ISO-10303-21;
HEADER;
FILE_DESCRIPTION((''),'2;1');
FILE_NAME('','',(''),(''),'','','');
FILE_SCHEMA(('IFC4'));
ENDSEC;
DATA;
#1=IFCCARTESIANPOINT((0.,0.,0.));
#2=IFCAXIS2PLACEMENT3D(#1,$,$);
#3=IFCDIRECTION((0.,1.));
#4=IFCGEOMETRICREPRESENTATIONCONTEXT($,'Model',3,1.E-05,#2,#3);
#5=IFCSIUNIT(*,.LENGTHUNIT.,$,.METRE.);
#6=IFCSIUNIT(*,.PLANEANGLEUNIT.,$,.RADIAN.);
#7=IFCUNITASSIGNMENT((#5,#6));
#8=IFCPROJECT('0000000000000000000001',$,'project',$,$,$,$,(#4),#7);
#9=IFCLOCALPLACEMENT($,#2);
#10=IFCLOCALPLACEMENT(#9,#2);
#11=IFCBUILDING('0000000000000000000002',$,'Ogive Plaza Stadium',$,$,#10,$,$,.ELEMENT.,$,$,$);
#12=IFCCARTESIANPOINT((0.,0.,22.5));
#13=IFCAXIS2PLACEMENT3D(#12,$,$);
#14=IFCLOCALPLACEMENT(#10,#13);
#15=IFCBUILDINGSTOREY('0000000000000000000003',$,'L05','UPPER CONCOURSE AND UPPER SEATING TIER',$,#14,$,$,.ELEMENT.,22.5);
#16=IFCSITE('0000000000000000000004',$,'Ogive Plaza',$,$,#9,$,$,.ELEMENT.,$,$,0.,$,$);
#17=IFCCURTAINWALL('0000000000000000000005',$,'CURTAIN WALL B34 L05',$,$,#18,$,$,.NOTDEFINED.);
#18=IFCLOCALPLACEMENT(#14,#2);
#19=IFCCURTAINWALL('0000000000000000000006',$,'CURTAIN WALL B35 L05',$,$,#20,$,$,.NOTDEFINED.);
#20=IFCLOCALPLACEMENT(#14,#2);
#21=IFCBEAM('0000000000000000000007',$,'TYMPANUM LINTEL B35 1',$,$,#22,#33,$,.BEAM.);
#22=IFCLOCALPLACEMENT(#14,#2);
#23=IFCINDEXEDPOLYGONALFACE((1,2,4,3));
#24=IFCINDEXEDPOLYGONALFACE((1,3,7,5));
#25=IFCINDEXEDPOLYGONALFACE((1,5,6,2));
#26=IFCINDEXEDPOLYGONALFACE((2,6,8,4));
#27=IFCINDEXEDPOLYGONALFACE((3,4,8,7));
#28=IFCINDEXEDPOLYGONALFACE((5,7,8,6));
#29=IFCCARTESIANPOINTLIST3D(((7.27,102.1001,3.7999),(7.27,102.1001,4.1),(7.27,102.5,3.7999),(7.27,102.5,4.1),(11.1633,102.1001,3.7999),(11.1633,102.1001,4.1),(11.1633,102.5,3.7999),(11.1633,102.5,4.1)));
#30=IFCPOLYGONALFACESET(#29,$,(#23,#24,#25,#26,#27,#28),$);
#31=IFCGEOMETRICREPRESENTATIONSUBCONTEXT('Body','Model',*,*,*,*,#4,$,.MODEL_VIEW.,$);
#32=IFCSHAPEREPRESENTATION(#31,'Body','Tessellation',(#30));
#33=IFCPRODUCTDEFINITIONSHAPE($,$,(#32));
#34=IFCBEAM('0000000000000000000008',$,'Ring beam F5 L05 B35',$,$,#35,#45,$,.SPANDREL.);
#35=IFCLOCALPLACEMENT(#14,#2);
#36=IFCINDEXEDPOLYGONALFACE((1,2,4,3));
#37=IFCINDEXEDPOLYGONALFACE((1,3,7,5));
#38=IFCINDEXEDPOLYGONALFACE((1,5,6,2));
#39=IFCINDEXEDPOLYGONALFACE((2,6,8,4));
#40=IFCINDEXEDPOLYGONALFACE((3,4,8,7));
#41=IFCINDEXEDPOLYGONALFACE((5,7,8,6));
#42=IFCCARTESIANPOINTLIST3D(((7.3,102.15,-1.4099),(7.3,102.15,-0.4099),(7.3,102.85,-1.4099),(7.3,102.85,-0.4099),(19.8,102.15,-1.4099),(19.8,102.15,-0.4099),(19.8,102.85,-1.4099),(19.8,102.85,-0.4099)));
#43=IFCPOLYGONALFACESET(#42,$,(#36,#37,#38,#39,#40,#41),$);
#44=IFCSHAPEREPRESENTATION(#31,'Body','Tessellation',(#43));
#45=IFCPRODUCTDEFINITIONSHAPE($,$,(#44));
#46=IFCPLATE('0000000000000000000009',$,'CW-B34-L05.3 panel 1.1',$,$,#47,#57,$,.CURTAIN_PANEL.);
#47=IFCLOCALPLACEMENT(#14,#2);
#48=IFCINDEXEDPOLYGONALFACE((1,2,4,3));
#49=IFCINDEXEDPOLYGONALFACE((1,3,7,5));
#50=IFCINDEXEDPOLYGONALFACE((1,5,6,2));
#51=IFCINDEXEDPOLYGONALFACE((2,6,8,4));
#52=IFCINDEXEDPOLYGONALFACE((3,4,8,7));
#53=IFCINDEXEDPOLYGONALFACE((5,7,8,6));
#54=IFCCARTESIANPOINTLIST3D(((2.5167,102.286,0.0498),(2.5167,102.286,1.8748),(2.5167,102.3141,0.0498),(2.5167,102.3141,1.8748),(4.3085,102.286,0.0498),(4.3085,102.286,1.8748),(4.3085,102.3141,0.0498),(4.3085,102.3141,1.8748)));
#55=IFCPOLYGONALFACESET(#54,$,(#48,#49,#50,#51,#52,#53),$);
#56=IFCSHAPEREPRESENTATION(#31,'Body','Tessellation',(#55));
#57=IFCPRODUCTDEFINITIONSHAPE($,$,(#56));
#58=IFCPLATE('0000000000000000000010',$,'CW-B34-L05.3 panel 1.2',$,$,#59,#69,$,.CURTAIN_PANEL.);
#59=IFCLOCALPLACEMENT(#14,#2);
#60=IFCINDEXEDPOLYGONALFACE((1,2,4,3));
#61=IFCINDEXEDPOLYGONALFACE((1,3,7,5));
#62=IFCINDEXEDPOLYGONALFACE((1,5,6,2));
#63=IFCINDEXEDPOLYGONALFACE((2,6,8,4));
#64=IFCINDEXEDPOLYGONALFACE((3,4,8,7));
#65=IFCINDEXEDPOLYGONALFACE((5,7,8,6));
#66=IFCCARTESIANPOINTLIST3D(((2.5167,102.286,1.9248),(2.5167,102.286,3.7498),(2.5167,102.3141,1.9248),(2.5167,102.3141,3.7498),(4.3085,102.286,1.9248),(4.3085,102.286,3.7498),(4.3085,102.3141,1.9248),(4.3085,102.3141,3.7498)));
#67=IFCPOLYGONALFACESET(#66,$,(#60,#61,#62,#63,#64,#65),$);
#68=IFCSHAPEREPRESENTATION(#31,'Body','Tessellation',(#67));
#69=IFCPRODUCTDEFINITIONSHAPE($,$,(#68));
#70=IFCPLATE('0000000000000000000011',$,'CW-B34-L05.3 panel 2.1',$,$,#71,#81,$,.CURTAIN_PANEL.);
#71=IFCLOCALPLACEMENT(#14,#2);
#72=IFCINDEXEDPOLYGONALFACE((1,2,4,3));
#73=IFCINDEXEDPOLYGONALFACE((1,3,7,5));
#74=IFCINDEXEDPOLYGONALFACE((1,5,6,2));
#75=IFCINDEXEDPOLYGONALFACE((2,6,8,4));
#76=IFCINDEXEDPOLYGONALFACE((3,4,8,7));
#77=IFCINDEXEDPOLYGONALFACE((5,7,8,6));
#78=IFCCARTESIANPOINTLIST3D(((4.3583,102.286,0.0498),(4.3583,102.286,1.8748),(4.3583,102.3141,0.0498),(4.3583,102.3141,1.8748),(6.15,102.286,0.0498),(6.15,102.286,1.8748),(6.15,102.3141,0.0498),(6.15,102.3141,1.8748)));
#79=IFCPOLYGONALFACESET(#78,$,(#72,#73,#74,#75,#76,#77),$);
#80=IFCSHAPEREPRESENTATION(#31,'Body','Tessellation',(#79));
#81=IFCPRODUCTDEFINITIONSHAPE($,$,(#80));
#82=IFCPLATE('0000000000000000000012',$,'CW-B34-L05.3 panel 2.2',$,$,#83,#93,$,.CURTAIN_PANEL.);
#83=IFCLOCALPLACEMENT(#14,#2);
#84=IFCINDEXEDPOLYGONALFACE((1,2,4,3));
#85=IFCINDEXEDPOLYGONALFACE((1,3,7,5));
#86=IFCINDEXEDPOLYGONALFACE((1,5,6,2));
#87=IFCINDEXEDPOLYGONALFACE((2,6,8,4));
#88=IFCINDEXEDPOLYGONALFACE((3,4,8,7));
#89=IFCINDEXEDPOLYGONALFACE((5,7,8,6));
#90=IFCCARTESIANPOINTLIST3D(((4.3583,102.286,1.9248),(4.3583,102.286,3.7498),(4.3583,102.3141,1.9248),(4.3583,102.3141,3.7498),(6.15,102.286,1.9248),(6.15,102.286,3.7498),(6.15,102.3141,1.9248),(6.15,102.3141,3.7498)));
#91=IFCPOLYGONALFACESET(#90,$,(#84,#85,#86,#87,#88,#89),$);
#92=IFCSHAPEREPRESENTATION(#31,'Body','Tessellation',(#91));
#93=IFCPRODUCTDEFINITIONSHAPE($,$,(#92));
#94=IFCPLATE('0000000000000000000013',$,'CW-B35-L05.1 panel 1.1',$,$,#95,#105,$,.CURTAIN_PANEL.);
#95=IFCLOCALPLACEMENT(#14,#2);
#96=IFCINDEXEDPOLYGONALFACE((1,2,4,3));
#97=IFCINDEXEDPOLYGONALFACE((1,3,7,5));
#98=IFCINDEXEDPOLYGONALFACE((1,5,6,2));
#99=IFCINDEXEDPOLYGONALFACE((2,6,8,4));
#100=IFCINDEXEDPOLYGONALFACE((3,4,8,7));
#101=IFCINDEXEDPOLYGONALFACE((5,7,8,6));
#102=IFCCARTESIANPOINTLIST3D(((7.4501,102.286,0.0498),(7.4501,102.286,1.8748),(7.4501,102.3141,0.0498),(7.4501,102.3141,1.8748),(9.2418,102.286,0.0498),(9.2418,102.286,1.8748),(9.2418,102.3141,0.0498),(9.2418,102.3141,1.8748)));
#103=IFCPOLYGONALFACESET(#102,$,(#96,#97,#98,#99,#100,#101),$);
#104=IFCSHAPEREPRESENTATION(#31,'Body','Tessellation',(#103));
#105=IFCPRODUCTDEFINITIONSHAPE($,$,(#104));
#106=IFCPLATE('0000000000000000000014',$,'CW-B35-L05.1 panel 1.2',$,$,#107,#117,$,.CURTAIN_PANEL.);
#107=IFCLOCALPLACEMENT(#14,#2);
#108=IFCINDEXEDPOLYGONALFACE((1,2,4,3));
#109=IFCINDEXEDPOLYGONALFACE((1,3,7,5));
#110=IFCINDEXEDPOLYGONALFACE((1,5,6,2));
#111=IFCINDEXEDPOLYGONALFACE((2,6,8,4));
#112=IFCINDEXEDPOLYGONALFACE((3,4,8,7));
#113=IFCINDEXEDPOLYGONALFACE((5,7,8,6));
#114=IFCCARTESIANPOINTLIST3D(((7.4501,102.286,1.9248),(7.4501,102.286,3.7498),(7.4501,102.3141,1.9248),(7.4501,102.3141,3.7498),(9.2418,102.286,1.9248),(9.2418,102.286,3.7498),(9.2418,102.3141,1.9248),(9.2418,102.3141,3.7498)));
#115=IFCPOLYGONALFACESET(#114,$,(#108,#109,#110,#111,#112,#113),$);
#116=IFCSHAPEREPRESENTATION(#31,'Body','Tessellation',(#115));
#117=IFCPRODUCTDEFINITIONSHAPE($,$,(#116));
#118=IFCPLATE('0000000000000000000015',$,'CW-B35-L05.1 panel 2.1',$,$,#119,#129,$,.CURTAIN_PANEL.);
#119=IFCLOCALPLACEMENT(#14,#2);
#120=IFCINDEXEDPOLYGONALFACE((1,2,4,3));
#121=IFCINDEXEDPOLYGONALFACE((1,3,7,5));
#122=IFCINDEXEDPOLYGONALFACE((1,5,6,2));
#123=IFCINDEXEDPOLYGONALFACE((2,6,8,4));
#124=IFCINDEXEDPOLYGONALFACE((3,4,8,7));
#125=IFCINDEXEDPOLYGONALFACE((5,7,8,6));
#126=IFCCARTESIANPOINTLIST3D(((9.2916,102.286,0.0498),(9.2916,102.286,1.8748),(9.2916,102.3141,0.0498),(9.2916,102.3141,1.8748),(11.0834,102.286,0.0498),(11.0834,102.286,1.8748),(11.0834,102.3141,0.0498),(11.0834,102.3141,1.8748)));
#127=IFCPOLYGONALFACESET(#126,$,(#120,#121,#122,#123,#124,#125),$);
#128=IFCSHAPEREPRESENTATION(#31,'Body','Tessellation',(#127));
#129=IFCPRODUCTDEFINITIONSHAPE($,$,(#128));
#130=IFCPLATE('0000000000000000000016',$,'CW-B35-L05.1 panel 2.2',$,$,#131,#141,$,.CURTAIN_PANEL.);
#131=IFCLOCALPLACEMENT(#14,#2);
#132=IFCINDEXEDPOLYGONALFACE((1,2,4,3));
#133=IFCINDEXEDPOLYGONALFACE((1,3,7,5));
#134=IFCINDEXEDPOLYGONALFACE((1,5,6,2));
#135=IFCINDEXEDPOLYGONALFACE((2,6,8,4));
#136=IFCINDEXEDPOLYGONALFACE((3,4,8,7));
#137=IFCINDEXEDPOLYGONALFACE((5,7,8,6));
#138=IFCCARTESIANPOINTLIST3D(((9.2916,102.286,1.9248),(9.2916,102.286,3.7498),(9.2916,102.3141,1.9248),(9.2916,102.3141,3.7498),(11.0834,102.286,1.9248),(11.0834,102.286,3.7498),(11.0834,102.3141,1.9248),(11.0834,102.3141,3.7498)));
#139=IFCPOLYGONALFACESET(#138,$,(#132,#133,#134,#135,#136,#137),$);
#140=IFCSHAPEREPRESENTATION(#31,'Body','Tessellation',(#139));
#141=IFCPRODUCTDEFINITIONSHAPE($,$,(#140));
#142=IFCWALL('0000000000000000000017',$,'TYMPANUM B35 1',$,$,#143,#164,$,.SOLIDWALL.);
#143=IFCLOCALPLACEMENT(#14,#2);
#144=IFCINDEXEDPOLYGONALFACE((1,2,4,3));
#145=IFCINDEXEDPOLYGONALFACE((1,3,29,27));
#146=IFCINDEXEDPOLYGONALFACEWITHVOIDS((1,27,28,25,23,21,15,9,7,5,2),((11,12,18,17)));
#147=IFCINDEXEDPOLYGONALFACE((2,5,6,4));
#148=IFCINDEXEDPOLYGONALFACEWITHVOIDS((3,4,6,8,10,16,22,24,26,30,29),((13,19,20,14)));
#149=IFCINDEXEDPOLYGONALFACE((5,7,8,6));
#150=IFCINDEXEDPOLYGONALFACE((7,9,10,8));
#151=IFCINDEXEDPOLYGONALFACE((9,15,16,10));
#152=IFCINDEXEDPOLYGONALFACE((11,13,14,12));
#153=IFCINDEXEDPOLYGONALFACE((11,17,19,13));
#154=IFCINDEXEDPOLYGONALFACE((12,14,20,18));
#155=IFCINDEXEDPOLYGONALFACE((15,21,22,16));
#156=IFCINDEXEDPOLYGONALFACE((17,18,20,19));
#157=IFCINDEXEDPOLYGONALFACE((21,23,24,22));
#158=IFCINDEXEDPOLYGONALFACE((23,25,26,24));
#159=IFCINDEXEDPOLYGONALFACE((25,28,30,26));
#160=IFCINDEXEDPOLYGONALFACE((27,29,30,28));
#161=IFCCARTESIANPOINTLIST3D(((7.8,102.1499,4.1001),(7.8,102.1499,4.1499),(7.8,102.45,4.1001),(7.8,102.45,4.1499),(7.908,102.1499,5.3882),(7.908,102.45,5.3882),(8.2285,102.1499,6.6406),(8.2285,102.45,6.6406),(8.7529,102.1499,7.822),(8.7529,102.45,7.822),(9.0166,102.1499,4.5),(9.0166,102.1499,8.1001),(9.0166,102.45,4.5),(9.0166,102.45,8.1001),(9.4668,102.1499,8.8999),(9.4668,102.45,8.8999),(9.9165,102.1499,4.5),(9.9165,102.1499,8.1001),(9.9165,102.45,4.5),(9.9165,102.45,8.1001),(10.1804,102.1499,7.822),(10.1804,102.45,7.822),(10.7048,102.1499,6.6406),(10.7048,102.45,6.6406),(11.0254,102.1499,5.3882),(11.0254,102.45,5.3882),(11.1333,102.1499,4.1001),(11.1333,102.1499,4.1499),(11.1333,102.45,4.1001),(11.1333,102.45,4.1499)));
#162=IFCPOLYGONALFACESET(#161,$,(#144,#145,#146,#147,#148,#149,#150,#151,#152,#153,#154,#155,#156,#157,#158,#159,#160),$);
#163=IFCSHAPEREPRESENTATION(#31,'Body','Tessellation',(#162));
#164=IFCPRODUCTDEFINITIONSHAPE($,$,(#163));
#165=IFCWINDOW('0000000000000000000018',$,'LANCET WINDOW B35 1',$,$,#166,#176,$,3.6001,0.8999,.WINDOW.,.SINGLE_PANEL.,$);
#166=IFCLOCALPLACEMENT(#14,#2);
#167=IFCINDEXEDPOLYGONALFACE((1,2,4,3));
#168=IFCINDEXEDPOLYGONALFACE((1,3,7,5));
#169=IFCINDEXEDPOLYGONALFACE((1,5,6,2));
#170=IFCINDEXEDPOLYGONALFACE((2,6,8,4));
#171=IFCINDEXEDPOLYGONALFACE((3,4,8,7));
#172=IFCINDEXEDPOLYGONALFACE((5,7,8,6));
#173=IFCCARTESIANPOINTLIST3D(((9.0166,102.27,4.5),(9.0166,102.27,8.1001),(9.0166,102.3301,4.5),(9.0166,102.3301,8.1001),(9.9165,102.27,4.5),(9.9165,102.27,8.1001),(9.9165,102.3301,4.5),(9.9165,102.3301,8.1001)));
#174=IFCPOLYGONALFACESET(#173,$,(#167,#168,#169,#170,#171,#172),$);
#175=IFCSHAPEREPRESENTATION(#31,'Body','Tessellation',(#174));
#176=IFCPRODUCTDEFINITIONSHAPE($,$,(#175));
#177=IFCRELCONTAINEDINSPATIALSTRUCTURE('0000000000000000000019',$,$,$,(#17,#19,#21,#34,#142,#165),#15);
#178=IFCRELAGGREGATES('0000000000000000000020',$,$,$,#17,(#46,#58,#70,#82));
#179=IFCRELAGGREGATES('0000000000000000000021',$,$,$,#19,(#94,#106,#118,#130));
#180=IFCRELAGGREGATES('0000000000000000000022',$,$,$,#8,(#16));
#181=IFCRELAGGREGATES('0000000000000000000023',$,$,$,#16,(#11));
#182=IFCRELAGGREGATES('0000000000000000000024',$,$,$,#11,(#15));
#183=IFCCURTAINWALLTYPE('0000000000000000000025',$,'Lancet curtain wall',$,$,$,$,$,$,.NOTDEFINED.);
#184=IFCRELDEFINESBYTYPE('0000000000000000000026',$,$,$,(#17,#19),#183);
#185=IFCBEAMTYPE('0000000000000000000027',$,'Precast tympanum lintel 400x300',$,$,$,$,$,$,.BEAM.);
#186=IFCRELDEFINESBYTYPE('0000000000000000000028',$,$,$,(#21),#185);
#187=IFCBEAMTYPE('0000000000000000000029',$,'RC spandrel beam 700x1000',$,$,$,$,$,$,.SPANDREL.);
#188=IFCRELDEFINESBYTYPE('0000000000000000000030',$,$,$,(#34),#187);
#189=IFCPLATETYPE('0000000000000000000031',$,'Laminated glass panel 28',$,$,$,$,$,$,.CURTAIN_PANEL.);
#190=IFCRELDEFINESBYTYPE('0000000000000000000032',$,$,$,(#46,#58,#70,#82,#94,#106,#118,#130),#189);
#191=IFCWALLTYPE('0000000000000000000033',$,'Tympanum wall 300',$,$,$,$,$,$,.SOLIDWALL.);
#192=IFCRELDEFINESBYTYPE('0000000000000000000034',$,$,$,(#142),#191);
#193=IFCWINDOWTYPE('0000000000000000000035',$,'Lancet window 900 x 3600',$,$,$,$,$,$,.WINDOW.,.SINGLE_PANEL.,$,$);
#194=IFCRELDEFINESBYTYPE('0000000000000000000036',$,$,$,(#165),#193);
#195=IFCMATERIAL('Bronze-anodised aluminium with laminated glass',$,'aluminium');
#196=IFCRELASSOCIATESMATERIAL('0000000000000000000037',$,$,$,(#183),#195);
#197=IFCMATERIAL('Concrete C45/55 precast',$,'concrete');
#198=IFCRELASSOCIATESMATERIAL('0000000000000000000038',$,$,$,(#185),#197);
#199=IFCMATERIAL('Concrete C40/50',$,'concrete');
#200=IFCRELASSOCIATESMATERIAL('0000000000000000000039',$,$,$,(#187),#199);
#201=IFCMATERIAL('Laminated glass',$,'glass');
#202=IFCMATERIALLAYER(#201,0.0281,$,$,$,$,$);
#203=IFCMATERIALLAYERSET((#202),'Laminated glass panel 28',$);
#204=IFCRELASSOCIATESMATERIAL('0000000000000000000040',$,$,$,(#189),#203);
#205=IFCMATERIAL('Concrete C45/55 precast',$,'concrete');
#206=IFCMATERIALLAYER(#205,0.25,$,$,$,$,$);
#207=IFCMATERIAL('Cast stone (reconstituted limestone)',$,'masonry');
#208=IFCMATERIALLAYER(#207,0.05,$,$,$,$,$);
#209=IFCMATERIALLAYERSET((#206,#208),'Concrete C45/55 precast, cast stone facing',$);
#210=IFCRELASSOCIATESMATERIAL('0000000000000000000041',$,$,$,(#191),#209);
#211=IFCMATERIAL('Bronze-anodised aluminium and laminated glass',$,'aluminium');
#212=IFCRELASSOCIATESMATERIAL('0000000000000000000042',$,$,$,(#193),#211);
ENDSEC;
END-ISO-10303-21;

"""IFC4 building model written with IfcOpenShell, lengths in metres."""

from ifc_helpers import new_model, si_unit, direction, frame, frame_2d, origin, origin_2d, place, context, subcontext, project, spatial, polyline, rectangle, outline, extrude, material, layer, layer_set, material_profile, profile_set, type_object, element, fill, aggregate, save


model = new_model("IFC4")

# Units and contexts
model_context = context("Model", 3, precision=1e-05, world=origin(), true_north=direction((0.0, 1.0)))
body_context = subcontext(model_context, "Body", "Model", "MODEL_VIEW")
ifc_project = project(units=[si_unit("LENGTHUNIT", "METRE"), si_unit("PLANEANGLEUNIT", "RADIAN")], contexts=[model_context])

# Site, building, storey
site_placement = place(None, origin())
site = spatial("IfcSite", under=ifc_project, at=site_placement, Name="Ogive Plaza", CompositionType="ELEMENT", RefElevation=0.0)
building_placement = place(site_placement, origin())
building = spatial("IfcBuilding", under=site, at=building_placement, Name="Ogive Plaza Stadium", CompositionType="ELEMENT")
storey_placement = place(building_placement, frame((0.0, 0.0, 22.5)))
storey = spatial("IfcBuildingStorey", under=building, at=storey_placement, Name="L05", Description="UPPER CONCOURSE AND UPPER SEATING TIER", CompositionType="ELEMENT", Elevation=22.5)

# Curtain walls
ifc_material_1 = material(Name="Bronze-anodised aluminium with laminated glass", Category="aluminium")
curtain_wall_type = type_object("IfcCurtainWallType", Name="Lancet curtain wall", PredefinedType="NOTDEFINED", material=ifc_material_1)
curtain_wall_1_placement = place(storey_placement, origin())
curtain_wall_1 = element("IfcCurtainWall", 1, at=curtain_wall_1_placement, inside=storey, type_object=curtain_wall_type, Name="CURTAIN WALL B34 L05", PredefinedType="NOTDEFINED")
curtain_wall_2_placement = place(storey_placement, origin())
curtain_wall_2 = element("IfcCurtainWall", 2, at=curtain_wall_2_placement, inside=storey, type_object=curtain_wall_type, Name="CURTAIN WALL B35 L05", PredefinedType="NOTDEFINED")

# Beams
ifc_material_2 = material(Name="Concrete C45/55 precast", Category="concrete")
ifc_material_profile_1 = material_profile(ifc_material_2, rectangle(XDim=0.3999, YDim=0.3, at=origin_2d()), Name="RC 400x300")
ifc_profile_set_1 = profile_set([ifc_material_profile_1], Name="Concrete C45/55 precast")
beam_type_1 = type_object("IfcBeamType", Name="Precast tympanum lintel 400x300", PredefinedType="BEAM", material=ifc_profile_set_1)
beam_1_placement = place(storey_placement, frame((7.27, 102.3, 3.95), z_axis=(1.0, 0.0, 0.0), x_axis=(0.0, 1.0, 0.0)))
element("IfcBeam", 3, at=beam_1_placement, inside=storey, type_object=beam_type_1, Name="TYMPANUM LINTEL B35 1", PredefinedType="BEAM", context=body_context, shape_type="SweptSolid", body=[
    extrude(rectangle(XDim=0.3999, YDim=0.3, at=origin_2d()), origin(), (0.0, 0.0, 1.0), 3.8933),
])
ifc_material_3 = material(Name="Concrete C40/50", Category="concrete")
ifc_material_profile_2 = material_profile(ifc_material_3, rectangle(XDim=0.7, YDim=1.0, at=origin_2d()), Name="RC 700x1000")
ifc_profile_set_2 = profile_set([ifc_material_profile_2], Name="Concrete C40/50")
beam_type_2 = type_object("IfcBeamType", Name="RC spandrel beam 700x1000", PredefinedType="SPANDREL", material=ifc_profile_set_2)
beam_2_placement = place(storey_placement, frame((7.3, 102.5, -0.9099), z_axis=(1.0, 0.0, 0.0), x_axis=(0.0, 1.0, 0.0)))
element("IfcBeam", 4, at=beam_2_placement, inside=storey, type_object=beam_type_2, Name="Ring beam F5 L05 B35", PredefinedType="SPANDREL", context=body_context, shape_type="SweptSolid", body=[
    extrude(rectangle(XDim=0.7, YDim=1.0, at=origin_2d()), origin(), (0.0, 0.0, 1.0), 12.5),
])

# Plates
ifc_material_4 = material(Name="Laminated glass", Category="glass")
ifc_layer_1 = layer(ifc_material_4, 0.0281)
ifc_layer_set_1 = layer_set([ifc_layer_1], Name="Laminated glass panel 28")
plate_type = type_object("IfcPlateType", Name="Laminated glass panel 28", PredefinedType="CURTAIN_PANEL", material=ifc_layer_set_1)
plate_1_placement = place(storey_placement, frame((3.4126, 102.3, 0.0498), z_axis=(0.0, 0.0, 1.0), x_axis=(1.0, 0.0, 0.0)))
plate_1 = element("IfcPlate", 5, at=plate_1_placement, type_object=plate_type, Name="CW-B34-L05.3 panel 1.1", PredefinedType="CURTAIN_PANEL", context=body_context, shape_type="SweptSolid", body=[
    extrude(rectangle(XDim=1.7917, YDim=0.0281, at=origin_2d()), origin(), (0.0, 0.0, 1.0), 1.825),
])
plate_2_placement = place(storey_placement, frame((3.4126, 102.3, 1.9248), z_axis=(0.0, 0.0, 1.0), x_axis=(1.0, 0.0, 0.0)))
plate_2 = element("IfcPlate", 6, at=plate_2_placement, type_object=plate_type, Name="CW-B34-L05.3 panel 1.2", PredefinedType="CURTAIN_PANEL", context=body_context, shape_type="SweptSolid", body=[
    extrude(rectangle(XDim=1.7917, YDim=0.0281, at=origin_2d()), origin(), (0.0, 0.0, 1.0), 1.825),
])
plate_3_placement = place(storey_placement, frame((5.2542, 102.3, 0.0498), z_axis=(0.0, 0.0, 1.0), x_axis=(1.0, 0.0, 0.0)))
plate_3 = element("IfcPlate", 7, at=plate_3_placement, type_object=plate_type, Name="CW-B34-L05.3 panel 2.1", PredefinedType="CURTAIN_PANEL", context=body_context, shape_type="SweptSolid", body=[
    extrude(rectangle(XDim=1.7917, YDim=0.0281, at=origin_2d()), origin(), (0.0, 0.0, 1.0), 1.825),
])
plate_4_placement = place(storey_placement, frame((5.2542, 102.3, 1.9248), z_axis=(0.0, 0.0, 1.0), x_axis=(1.0, 0.0, 0.0)))
plate_4 = element("IfcPlate", 8, at=plate_4_placement, type_object=plate_type, Name="CW-B34-L05.3 panel 2.2", PredefinedType="CURTAIN_PANEL", context=body_context, shape_type="SweptSolid", body=[
    extrude(rectangle(XDim=1.7917, YDim=0.0281, at=origin_2d()), origin(), (0.0, 0.0, 1.0), 1.825),
])
aggregate(curtain_wall_1, [plate_1, plate_2, plate_3, plate_4])
plate_5_placement = place(storey_placement, frame((8.3459, 102.3, 0.0498), z_axis=(0.0, 0.0, 1.0), x_axis=(1.0, 0.0, 0.0)))
plate_5 = element("IfcPlate", 9, at=plate_5_placement, type_object=plate_type, Name="CW-B35-L05.1 panel 1.1", PredefinedType="CURTAIN_PANEL", context=body_context, shape_type="SweptSolid", body=[
    extrude(rectangle(XDim=1.7917, YDim=0.0281, at=origin_2d()), origin(), (0.0, 0.0, 1.0), 1.825),
])
plate_6_placement = place(storey_placement, frame((8.3459, 102.3, 1.9248), z_axis=(0.0, 0.0, 1.0), x_axis=(1.0, 0.0, 0.0)))
plate_6 = element("IfcPlate", 10, at=plate_6_placement, type_object=plate_type, Name="CW-B35-L05.1 panel 1.2", PredefinedType="CURTAIN_PANEL", context=body_context, shape_type="SweptSolid", body=[
    extrude(rectangle(XDim=1.7917, YDim=0.0281, at=origin_2d()), origin(), (0.0, 0.0, 1.0), 1.825),
])
plate_7_placement = place(storey_placement, frame((10.1875, 102.3, 0.0498), z_axis=(0.0, 0.0, 1.0), x_axis=(1.0, 0.0, 0.0)))
plate_7 = element("IfcPlate", 11, at=plate_7_placement, type_object=plate_type, Name="CW-B35-L05.1 panel 2.1", PredefinedType="CURTAIN_PANEL", context=body_context, shape_type="SweptSolid", body=[
    extrude(rectangle(XDim=1.7917, YDim=0.0281, at=origin_2d()), origin(), (0.0, 0.0, 1.0), 1.825),
])
plate_8_placement = place(storey_placement, frame((10.1875, 102.3, 1.9248), z_axis=(0.0, 0.0, 1.0), x_axis=(1.0, 0.0, 0.0)))
plate_8 = element("IfcPlate", 12, at=plate_8_placement, type_object=plate_type, Name="CW-B35-L05.1 panel 2.2", PredefinedType="CURTAIN_PANEL", context=body_context, shape_type="SweptSolid", body=[
    extrude(rectangle(XDim=1.7917, YDim=0.0281, at=origin_2d()), origin(), (0.0, 0.0, 1.0), 1.825),
])
aggregate(curtain_wall_2, [plate_5, plate_6, plate_7, plate_8])

# Wall, opening, window
ifc_material_5 = material(Name="Concrete C45/55 precast", Category="concrete")
ifc_layer_2 = layer(ifc_material_5, 0.25)
ifc_material_6 = material(Name="Cast stone (reconstituted limestone)", Category="masonry")
ifc_layer_3 = layer(ifc_material_6, 0.05)
ifc_layer_set_2 = layer_set([ifc_layer_2, ifc_layer_3], Name="Concrete C45/55 precast, cast stone facing")
wall_type = type_object("IfcWallType", Name="Tympanum wall 300", PredefinedType="SOLIDWALL", material=ifc_layer_set_2)
wall_placement = place(storey_placement, frame((7.8, 102.3, 4.1001), z_axis=(0.0, 0.0, 1.0), x_axis=(1.0, 0.0, 0.0)))
wall = element("IfcWall", 13, at=wall_placement, inside=storey, type_object=wall_type, Name="TYMPANUM B35 1", PredefinedType="SOLIDWALL", context=body_context, shape_type="SweptSolid", body=[
    extrude(outline(polyline([(0.0, 0.0), (3.3333, 0.0), (3.3333, 0.0498), (3.2253, 1.2881), (2.9048, 2.5405), (2.3804, 3.7219), (1.6667, 4.7998), (0.9529, 3.7219), (0.4285, 2.5405), (0.1079, 1.2881), (0.0, 0.0498), (0.0, 0.0)])), frame((0.0, 0.1499, 0.0), z_axis=(0.0, -1.0, 0.0), x_axis=(1.0, 0.0, 0.0)), (0.0, 0.0, 1.0), 0.3),
])
opening_placement = place(wall_placement, frame((1.2166, 0.0, 0.3999)))
opening = element("IfcOpeningElement", 14, at=opening_placement, cuts=wall, PredefinedType="OPENING", context=body_context, shape_type="SweptSolid", body=[
    extrude(rectangle(XDim=0.8999, YDim=3.6001, at=frame_2d((0.45, 1.8))), frame((0.0, 0.1602, 0.0), z_axis=(0.0, -1.0, 0.0), x_axis=(1.0, 0.0, 0.0)), (0.0, 0.0, 1.0), 0.3201),
])
ifc_material_7 = material(Name="Bronze-anodised aluminium and laminated glass", Category="aluminium")
window_type = type_object("IfcWindowType", Name="Lancet window 900 x 3600", PartitioningType="SINGLE_PANEL", PredefinedType="WINDOW", material=ifc_material_7)
window_placement = place(opening_placement, origin())
window = element("IfcWindow", 15, at=window_placement, inside=storey, type_object=window_type, Name="LANCET WINDOW B35 1", OverallHeight=3.6001, OverallWidth=0.8999, PartitioningType="SINGLE_PANEL", PredefinedType="WINDOW", context=body_context, shape_type="SweptSolid", body=[
    extrude(rectangle(XDim=0.8999, YDim=3.6001, at=frame_2d((0.45, 1.8))), frame((0.0, 0.03, 0.0), z_axis=(0.0, -1.0, 0.0), x_axis=(1.0, 0.0, 0.0)), (0.0, 0.0, 1.0), 0.0601),
])
fill(opening, window)

save(model, "model.ifc")
